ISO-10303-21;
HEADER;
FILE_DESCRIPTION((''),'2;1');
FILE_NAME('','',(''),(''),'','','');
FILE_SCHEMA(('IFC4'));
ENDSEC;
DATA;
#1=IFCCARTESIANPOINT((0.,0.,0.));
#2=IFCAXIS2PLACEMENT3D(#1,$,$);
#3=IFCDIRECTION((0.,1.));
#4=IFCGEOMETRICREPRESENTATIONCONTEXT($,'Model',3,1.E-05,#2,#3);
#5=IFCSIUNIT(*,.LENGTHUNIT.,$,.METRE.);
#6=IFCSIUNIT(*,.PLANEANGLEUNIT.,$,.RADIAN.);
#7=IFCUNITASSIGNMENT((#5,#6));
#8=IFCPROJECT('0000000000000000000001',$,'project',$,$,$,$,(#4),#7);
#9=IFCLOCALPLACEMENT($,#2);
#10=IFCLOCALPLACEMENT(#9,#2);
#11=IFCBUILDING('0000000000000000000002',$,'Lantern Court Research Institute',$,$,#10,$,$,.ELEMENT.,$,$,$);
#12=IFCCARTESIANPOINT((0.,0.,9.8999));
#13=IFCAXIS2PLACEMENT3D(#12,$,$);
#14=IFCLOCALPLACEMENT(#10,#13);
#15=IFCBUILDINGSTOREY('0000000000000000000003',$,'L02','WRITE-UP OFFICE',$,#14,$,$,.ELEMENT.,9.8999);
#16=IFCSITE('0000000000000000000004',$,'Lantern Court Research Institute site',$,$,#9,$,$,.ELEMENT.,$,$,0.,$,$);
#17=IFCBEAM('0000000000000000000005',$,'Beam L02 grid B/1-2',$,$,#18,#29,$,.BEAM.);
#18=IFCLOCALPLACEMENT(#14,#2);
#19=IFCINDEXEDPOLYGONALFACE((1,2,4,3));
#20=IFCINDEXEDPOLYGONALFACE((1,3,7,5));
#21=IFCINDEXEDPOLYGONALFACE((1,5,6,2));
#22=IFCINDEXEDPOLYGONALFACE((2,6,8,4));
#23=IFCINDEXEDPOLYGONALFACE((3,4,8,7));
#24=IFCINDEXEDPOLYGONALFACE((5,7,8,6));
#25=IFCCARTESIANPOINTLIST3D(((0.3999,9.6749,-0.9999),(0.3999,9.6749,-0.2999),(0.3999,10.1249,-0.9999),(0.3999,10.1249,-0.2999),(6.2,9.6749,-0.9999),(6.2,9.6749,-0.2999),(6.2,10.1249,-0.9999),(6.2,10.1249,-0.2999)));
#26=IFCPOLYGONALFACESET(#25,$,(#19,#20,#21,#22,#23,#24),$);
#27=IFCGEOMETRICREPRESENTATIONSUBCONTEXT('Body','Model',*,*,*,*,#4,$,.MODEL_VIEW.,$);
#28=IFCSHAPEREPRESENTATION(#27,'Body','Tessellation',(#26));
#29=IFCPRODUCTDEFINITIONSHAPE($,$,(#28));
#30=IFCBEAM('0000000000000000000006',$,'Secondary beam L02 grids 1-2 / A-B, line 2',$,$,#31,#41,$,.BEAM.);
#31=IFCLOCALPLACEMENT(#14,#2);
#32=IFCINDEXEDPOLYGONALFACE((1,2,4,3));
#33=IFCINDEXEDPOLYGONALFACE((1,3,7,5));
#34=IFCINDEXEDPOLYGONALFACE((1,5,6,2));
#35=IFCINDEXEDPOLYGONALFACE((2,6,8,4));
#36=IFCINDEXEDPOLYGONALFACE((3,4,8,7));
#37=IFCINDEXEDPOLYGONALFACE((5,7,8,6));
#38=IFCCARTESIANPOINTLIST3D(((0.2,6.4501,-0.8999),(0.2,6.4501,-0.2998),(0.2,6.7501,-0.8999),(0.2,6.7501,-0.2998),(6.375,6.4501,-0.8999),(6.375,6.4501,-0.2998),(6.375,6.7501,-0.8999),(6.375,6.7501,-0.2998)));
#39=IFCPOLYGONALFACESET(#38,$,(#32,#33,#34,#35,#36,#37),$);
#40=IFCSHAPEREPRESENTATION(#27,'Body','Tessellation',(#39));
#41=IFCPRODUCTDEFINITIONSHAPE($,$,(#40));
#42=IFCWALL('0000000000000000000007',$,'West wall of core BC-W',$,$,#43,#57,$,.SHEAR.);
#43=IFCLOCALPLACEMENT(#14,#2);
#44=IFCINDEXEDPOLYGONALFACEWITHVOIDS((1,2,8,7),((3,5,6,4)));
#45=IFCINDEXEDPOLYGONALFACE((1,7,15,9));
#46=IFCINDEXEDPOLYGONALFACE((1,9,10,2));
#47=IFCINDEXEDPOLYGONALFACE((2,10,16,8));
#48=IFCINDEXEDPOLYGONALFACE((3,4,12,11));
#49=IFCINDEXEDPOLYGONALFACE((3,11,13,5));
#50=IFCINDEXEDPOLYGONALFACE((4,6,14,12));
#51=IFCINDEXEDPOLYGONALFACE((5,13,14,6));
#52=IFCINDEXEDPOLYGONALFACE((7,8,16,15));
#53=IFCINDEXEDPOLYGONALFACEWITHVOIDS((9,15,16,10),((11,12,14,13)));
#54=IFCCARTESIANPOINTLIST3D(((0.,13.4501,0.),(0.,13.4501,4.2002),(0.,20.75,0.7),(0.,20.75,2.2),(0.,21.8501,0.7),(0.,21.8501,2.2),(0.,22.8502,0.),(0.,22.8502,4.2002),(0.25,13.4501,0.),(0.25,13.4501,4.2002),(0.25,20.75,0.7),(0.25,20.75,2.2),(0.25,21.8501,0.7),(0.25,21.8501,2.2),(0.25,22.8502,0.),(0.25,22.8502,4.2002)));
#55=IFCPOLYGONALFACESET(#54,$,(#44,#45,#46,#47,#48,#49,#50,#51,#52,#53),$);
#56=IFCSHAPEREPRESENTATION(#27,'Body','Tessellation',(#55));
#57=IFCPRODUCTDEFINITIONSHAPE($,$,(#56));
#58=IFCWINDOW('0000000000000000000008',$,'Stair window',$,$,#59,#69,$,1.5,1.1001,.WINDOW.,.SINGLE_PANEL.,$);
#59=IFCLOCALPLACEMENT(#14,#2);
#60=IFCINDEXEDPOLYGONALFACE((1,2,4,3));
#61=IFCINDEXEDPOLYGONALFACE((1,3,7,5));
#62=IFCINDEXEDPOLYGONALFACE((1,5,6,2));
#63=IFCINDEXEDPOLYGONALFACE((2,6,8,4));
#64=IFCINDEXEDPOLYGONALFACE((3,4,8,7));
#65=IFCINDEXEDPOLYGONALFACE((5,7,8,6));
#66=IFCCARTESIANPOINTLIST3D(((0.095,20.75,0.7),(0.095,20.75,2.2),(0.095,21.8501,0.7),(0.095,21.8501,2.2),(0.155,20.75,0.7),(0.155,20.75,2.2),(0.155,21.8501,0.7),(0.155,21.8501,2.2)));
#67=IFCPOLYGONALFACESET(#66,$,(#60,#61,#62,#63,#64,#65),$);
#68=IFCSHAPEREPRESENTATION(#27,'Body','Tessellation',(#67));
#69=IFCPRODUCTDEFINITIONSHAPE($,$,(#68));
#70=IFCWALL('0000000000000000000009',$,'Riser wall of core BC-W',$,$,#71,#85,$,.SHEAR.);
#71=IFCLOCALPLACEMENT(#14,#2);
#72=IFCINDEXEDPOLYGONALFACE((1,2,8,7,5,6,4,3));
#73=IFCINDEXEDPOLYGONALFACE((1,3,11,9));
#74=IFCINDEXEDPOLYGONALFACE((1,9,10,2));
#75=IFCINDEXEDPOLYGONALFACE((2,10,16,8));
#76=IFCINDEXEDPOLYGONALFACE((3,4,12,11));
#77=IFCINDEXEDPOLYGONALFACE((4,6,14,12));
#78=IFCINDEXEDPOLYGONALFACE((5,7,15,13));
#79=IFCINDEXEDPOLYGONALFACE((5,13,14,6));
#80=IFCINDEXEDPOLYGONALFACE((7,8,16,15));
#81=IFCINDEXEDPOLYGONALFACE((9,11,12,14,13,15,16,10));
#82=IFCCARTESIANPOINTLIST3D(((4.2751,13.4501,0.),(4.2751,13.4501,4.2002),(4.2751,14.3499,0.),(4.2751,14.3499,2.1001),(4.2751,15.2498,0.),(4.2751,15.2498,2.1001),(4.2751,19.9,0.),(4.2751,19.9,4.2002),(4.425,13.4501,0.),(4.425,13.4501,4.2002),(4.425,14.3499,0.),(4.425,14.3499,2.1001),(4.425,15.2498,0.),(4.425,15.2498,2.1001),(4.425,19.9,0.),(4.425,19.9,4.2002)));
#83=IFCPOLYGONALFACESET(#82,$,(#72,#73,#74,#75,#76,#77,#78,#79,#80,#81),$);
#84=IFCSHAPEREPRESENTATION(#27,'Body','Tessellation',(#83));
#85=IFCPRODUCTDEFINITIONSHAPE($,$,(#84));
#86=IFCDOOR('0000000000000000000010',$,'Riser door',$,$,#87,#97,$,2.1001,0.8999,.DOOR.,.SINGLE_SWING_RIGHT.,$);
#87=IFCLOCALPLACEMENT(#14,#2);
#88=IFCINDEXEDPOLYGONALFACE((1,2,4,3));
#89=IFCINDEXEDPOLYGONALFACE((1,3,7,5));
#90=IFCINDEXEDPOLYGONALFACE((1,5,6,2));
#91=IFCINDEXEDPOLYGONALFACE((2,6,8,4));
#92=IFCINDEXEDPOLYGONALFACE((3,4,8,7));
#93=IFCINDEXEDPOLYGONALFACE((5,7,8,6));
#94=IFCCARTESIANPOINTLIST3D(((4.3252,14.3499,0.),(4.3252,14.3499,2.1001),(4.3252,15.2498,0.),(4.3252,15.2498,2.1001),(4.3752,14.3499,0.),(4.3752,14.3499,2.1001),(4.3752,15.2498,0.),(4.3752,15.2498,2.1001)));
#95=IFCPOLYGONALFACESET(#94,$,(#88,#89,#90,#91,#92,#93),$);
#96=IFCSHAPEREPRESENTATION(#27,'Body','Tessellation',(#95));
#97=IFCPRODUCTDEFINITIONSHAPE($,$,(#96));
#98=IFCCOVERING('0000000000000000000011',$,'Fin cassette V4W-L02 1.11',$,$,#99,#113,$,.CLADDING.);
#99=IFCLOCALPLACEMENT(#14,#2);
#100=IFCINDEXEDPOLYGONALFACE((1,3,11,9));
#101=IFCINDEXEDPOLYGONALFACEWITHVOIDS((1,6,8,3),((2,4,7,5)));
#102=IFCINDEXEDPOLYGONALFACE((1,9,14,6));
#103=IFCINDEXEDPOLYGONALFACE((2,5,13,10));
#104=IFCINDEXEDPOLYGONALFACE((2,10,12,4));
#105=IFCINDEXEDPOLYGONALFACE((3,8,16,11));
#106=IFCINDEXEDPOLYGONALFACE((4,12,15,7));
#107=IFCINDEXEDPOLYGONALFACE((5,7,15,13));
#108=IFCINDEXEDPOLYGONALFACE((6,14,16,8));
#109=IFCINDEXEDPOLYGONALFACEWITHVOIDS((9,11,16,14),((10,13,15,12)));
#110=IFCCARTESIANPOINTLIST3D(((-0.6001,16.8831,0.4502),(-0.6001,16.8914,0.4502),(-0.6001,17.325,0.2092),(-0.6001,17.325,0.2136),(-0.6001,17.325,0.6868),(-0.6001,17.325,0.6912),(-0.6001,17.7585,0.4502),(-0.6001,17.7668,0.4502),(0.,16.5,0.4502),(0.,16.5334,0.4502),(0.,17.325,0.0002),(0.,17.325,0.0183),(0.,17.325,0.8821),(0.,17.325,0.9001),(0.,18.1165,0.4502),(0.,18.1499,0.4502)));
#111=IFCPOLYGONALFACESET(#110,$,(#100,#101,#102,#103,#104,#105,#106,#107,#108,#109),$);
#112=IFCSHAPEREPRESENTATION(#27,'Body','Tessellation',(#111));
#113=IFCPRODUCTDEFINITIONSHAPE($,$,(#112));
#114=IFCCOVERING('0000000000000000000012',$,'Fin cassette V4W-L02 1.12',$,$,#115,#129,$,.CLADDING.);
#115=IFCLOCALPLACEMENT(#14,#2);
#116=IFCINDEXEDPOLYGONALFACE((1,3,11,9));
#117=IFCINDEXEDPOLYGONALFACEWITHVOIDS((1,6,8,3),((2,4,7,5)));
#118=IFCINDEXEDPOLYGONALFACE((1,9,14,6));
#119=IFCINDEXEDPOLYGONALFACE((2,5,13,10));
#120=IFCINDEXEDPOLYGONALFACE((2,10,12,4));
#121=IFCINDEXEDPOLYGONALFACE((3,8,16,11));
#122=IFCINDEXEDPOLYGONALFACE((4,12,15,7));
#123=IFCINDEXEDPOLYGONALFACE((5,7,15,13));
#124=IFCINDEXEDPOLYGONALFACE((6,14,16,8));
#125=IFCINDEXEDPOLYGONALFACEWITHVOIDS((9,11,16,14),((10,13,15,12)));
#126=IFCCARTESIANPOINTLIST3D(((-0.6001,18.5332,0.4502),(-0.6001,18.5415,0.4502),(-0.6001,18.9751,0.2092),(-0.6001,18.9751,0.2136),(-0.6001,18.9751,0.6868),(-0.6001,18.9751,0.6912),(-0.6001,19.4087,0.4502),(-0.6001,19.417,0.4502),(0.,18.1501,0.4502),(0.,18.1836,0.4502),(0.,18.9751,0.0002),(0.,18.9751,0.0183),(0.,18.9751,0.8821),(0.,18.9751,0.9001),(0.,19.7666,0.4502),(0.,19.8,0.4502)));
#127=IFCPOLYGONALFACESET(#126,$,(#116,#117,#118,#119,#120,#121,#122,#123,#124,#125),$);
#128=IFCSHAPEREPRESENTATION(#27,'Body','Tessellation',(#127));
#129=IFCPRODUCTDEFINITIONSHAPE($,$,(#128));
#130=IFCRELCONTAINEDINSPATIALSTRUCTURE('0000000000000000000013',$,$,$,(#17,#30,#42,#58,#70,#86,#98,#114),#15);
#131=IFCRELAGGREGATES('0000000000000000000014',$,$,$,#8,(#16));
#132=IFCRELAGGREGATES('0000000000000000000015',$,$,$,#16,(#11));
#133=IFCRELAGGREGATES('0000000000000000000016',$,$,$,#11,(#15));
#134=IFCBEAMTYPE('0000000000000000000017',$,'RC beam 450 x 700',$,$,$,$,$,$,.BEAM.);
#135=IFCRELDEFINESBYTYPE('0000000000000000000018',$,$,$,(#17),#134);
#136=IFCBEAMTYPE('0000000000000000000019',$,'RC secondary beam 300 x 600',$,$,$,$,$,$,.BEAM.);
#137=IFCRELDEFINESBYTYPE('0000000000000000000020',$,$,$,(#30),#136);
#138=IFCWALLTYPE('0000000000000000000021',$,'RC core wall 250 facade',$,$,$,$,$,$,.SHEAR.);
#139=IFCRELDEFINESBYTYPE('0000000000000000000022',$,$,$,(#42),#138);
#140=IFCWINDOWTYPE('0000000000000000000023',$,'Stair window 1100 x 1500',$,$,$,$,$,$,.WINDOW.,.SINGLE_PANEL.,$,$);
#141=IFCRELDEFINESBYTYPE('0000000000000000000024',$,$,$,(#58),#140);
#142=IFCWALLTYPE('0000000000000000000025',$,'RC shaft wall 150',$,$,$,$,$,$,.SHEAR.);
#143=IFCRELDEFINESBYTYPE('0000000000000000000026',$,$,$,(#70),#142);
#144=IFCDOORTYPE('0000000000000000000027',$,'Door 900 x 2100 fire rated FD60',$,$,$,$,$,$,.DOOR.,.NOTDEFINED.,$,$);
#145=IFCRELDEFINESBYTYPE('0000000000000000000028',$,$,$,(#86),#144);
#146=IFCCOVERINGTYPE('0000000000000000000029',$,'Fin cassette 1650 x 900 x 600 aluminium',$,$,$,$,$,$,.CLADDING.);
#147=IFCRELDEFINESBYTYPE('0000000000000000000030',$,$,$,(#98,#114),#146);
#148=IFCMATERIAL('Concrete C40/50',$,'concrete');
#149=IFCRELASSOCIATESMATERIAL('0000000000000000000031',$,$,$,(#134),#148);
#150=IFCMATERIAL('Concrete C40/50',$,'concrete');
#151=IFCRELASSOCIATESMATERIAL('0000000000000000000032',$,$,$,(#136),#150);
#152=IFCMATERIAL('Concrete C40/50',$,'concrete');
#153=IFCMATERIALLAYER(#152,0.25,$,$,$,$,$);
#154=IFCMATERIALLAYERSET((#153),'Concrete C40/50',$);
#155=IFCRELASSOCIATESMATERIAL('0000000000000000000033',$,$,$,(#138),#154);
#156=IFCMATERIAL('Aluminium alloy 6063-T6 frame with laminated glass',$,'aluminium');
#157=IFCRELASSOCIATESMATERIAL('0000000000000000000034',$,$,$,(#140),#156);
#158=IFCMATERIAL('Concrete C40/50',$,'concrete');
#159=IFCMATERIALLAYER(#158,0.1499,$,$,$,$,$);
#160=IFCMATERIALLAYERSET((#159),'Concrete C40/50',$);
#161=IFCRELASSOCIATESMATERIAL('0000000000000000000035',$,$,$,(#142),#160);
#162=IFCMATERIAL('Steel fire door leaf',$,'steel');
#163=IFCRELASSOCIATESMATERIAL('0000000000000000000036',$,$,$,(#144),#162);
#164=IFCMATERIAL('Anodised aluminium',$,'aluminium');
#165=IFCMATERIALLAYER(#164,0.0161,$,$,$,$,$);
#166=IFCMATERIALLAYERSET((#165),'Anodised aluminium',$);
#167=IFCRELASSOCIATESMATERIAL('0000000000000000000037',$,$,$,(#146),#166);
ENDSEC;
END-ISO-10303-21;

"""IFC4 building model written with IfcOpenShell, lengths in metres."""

from ifc_helpers import new_model, entity, si_unit, direction, frame, frame_2d, origin, origin_2d, place, context, subcontext, project, spatial, rectangle, extrude, material, layer, layer_set, material_profile, profile_set, type_object, element, fill, save


model = new_model("IFC4")

# Units and contexts
model_context = context("Model", 3, precision=1e-05, world=origin(), true_north=direction((0.0, 1.0)))
body_context = subcontext(model_context, "Body", "Model", "MODEL_VIEW")
ifc_project = project(units=[si_unit("LENGTHUNIT", "METRE"), si_unit("PLANEANGLEUNIT", "RADIAN")], contexts=[model_context])

# Site, building, storey
site_placement = place(None, origin())
site = spatial("IfcSite", under=ifc_project, at=site_placement, Name="Lantern Court Research Institute site", CompositionType="ELEMENT", RefElevation=0.0)
building_placement = place(site_placement, origin())
building = spatial("IfcBuilding", under=site, at=building_placement, Name="Lantern Court Research Institute", CompositionType="ELEMENT")
storey_placement = place(building_placement, frame((0.0, 0.0, 9.8999)))
storey = spatial("IfcBuildingStorey", under=building, at=storey_placement, Name="L02", Description="WRITE-UP OFFICE", CompositionType="ELEMENT", Elevation=9.8999)

# Beams
ifc_material_1 = material(Name="Concrete C40/50", Category="concrete")
ifc_material_profile_1 = material_profile(ifc_material_1, rectangle(XDim=0.45, YDim=0.7, at=origin_2d()), Name="RC beam 450 x 700")
ifc_profile_set_1 = profile_set([ifc_material_profile_1], Name="Concrete C40/50")
beam_type_1 = type_object("IfcBeamType", Name="RC beam 450 x 700", PredefinedType="BEAM", material=ifc_profile_set_1)
beam_1_placement = place(storey_placement, frame((0.3999, 9.8999, -0.6499), z_axis=(1.0, 0.0, 0.0), x_axis=(0.0, 1.0, 0.0)))
element("IfcBeam", 1, at=beam_1_placement, inside=storey, type_object=beam_type_1, Name="Beam L02 grid B/1-2", PredefinedType="BEAM", context=body_context, shape_type="SweptSolid", body=[
    extrude(rectangle(XDim=0.45, YDim=0.7, at=origin_2d()), origin(), (0.0, 0.0, 1.0), 5.8),
])
ifc_material_2 = material(Name="Concrete C40/50", Category="concrete")
ifc_material_profile_2 = material_profile(ifc_material_2, rectangle(XDim=0.3, YDim=0.6001, at=origin_2d()), Name="RC beam 300 x 600")
ifc_profile_set_2 = profile_set([ifc_material_profile_2], Name="Concrete C40/50")
beam_type_2 = type_object("IfcBeamType", Name="RC secondary beam 300 x 600", PredefinedType="BEAM", material=ifc_profile_set_2)
beam_2_placement = place(storey_placement, frame((0.2, 6.6001, -0.5999), z_axis=(1.0, 0.0, 0.0), x_axis=(0.0, 1.0, 0.0)))
element("IfcBeam", 2, at=beam_2_placement, inside=storey, type_object=beam_type_2, Name="Secondary beam L02 grids 1-2 / A-B, line 2", PredefinedType="BEAM", context=body_context, shape_type="SweptSolid", body=[
    extrude(rectangle(XDim=0.3, YDim=0.6001, at=origin_2d()), origin(), (0.0, 0.0, 1.0), 6.175),
])

# Wall, opening, window
ifc_material_3 = material(Name="Concrete C40/50", Category="concrete")
ifc_layer_1 = layer(ifc_material_3, 0.25)
ifc_layer_set_1 = layer_set([ifc_layer_1], Name="Concrete C40/50")
wall_type_1 = type_object("IfcWallType", Name="RC core wall 250 facade", PredefinedType="SHEAR", material=ifc_layer_set_1)
wall_1_placement = place(storey_placement, frame((0.125, 13.45, 0.0), z_axis=(0.0, 0.0, 1.0), x_axis=(0.0, 1.0, 0.0)))
wall_1 = element("IfcWall", 3, at=wall_1_placement, inside=storey, type_object=wall_type_1, Name="West wall of core BC-W", PredefinedType="SHEAR", context=body_context, shape_type="SweptSolid", body=[
    extrude(rectangle(XDim=9.4001, YDim=0.25, at=frame_2d((4.7002, 0.0))), origin(), (0.0, 0.0, 1.0), 4.2002),
])
opening_1_placement = place(wall_1_placement, frame((7.3, 0.0, 0.7)))
opening_1 = element("IfcOpeningElement", 4, at=opening_1_placement, cuts=wall_1, PredefinedType="OPENING", context=body_context, shape_type="SweptSolid", body=[
    extrude(rectangle(XDim=1.1001, YDim=1.5, at=frame_2d((0.55, 0.75))), frame((0.0, 0.135, 0.0), z_axis=(0.0, -1.0, 0.0), x_axis=(1.0, 0.0, 0.0)), (0.0, 0.0, 1.0), 0.27),
])
ifc_material_4 = material(Name="Aluminium alloy 6063-T6 frame with laminated glass", Category="aluminium")
window_type = type_object("IfcWindowType", Name="Stair window 1100 x 1500", PartitioningType="SINGLE_PANEL", PredefinedType="WINDOW", material=ifc_material_4)
window_placement = place(opening_1_placement, origin())
window = element("IfcWindow", 5, at=window_placement, inside=storey, type_object=window_type, Name="Stair window", OverallHeight=1.5, OverallWidth=1.1001, PartitioningType="SINGLE_PANEL", PredefinedType="WINDOW", context=body_context, shape_type="SweptSolid", body=[
    extrude(rectangle(XDim=1.1001, YDim=1.5, at=frame_2d((0.55, 0.75))), frame((0.0, 0.03, 0.0), z_axis=(0.0, -1.0, 0.0), x_axis=(1.0, 0.0, 0.0)), (0.0, 0.0, 1.0), 0.0601),
])
fill(opening_1, window)

# Wall, opening, door
ifc_material_5 = material(Name="Concrete C40/50", Category="concrete")
ifc_layer_2 = layer(ifc_material_5, 0.1499)
ifc_layer_set_2 = layer_set([ifc_layer_2], Name="Concrete C40/50")
wall_type_2 = type_object("IfcWallType", Name="RC shaft wall 150", PredefinedType="SHEAR", material=ifc_layer_set_2)
wall_2_placement = place(storey_placement, frame((4.3501, 13.45, 0.0), z_axis=(0.0, 0.0, 1.0), x_axis=(0.0, 1.0, 0.0)))
wall_2 = element("IfcWall", 6, at=wall_2_placement, inside=storey, type_object=wall_type_2, Name="Riser wall of core BC-W", PredefinedType="SHEAR", context=body_context, shape_type="SweptSolid", body=[
    extrude(rectangle(XDim=6.45, YDim=0.1499, at=frame_2d((3.2251, 0.0))), origin(), (0.0, 0.0, 1.0), 4.2002),
])
opening_2_placement = place(wall_2_placement, frame((0.8999, 0.0, 0.0)))
opening_2 = element("IfcOpeningElement", 7, at=opening_2_placement, cuts=wall_2, PredefinedType="OPENING", context=body_context, shape_type="SweptSolid", body=[
    extrude(rectangle(XDim=0.8999, YDim=2.1001, at=frame_2d((0.45, 1.05))), frame((0.0, 0.085, 0.0), z_axis=(0.0, -1.0, 0.0), x_axis=(1.0, 0.0, 0.0)), (0.0, 0.0, 1.0), 0.1699),
])
ifc_material_6 = material(Name="Steel fire door leaf", Category="steel")
door_type_1 = type_object("IfcDoorType", Name="Door 900 x 2100 fire rated FD60", OperationType="NOTDEFINED", PredefinedType="DOOR", material=ifc_material_6)
door_1_placement = place(opening_2_placement, origin())
door_1 = element("IfcDoor", 8, at=door_1_placement, inside=storey, type_object=door_type_1, Name="Riser door", OperationType="SINGLE_SWING_RIGHT", OverallHeight=2.1001, OverallWidth=0.8999, PredefinedType="DOOR", context=body_context, shape_type="SweptSolid", body=[
    extrude(rectangle(XDim=0.8999, YDim=2.1001, at=frame_2d((0.45, 1.05))), frame((0.0, 0.0249, 0.0), z_axis=(0.0, -1.0, 0.0), x_axis=(1.0, 0.0, 0.0)), (0.0, 0.0, 1.0), 0.05),
])
fill(opening_2, door_1)

# Coverings
ifc_material_7 = material(Name="Anodised aluminium", Category="aluminium")
ifc_layer_3 = layer(ifc_material_7, 0.0161)
ifc_layer_set_3 = layer_set([ifc_layer_3], Name="Anodised aluminium")
covering_type = type_object("IfcCoveringType", Name="Fin cassette 1650 x 900 x 600 aluminium", PredefinedType="CLADDING", material=ifc_layer_set_3)
covering_1_placement = place(storey_placement, frame((0.0, 17.325, 0.4502), z_axis=(-1.0, 0.0, 0.0), x_axis=(0.0, -1.0, 0.0)))
cartesian_point_1 = entity("IfcCartesianPoint", [0.825, 0.0])
cartesian_point_2 = entity("IfcCartesianPoint", [0.7915, 0.0])
cartesian_point_3 = entity("IfcCartesianPoint", [0.4419, 0.0])
cartesian_point_4 = entity("IfcCartesianPoint", [0.4336, 0.0])
element("IfcCovering", 9, at=covering_1_placement, inside=storey, type_object=covering_type, Name="Fin cassette V4W-L02 1.11", PredefinedType="CLADDING", context=body_context, shape_type="SweptSolid", body=[
    entity("IfcExtrudedAreaSolidTapered", entity("IfcArbitraryProfileDefWithVoids", "AREA", None, entity("IfcPolyline", [cartesian_point_1, entity("IfcCartesianPoint", [0.0, 0.45]), entity("IfcCartesianPoint", [-0.825, 0.0]), entity("IfcCartesianPoint", [0.0, -0.45]), cartesian_point_1]), [entity("IfcPolyline", [cartesian_point_2, entity("IfcCartesianPoint", [0.0, 0.4319]), entity("IfcCartesianPoint", [-0.7915, 0.0]), entity("IfcCartesianPoint", [0.0, -0.4319]), cartesian_point_2])]), entity("IfcAxis2Placement3D", entity("IfcCartesianPoint", [0.0, 0.0, 0.0])), entity("IfcDirection", [0.0, 0.0, 1.0]), 0.6001, entity("IfcArbitraryProfileDefWithVoids", "AREA", None, entity("IfcPolyline", [cartesian_point_3, entity("IfcCartesianPoint", [0.0, 0.241]), entity("IfcCartesianPoint", [-0.4419, 0.0]), entity("IfcCartesianPoint", [0.0, -0.241]), cartesian_point_3]), [entity("IfcPolyline", [cartesian_point_4, entity("IfcCartesianPoint", [0.0, 0.2366]), entity("IfcCartesianPoint", [-0.4336, 0.0]), entity("IfcCartesianPoint", [0.0, -0.2366]), cartesian_point_4])])),
])
covering_2_placement = place(storey_placement, frame((0.0, 18.9751, 0.4502), z_axis=(-1.0, 0.0, 0.0), x_axis=(0.0, -1.0, 0.0)))
cartesian_point_5 = entity("IfcCartesianPoint", [0.825, 0.0])
cartesian_point_6 = entity("IfcCartesianPoint", [0.7915, 0.0])
cartesian_point_7 = entity("IfcCartesianPoint", [0.4419, 0.0])
cartesian_point_8 = entity("IfcCartesianPoint", [0.4336, 0.0])
element("IfcCovering", 10, at=covering_2_placement, inside=storey, type_object=covering_type, Name="Fin cassette V4W-L02 1.12", PredefinedType="CLADDING", context=body_context, shape_type="SweptSolid", body=[
    entity("IfcExtrudedAreaSolidTapered", entity("IfcArbitraryProfileDefWithVoids", "AREA", None, entity("IfcPolyline", [cartesian_point_5, entity("IfcCartesianPoint", [0.0, 0.45]), entity("IfcCartesianPoint", [-0.825, 0.0]), entity("IfcCartesianPoint", [0.0, -0.45]), cartesian_point_5]), [entity("IfcPolyline", [cartesian_point_6, entity("IfcCartesianPoint", [0.0, 0.4319]), entity("IfcCartesianPoint", [-0.7915, 0.0]), entity("IfcCartesianPoint", [0.0, -0.4319]), cartesian_point_6])]), entity("IfcAxis2Placement3D", entity("IfcCartesianPoint", [0.0, 0.0, 0.0])), entity("IfcDirection", [0.0, 0.0, 1.0]), 0.6001, entity("IfcArbitraryProfileDefWithVoids", "AREA", None, entity("IfcPolyline", [cartesian_point_7, entity("IfcCartesianPoint", [0.0, 0.241]), entity("IfcCartesianPoint", [-0.4419, 0.0]), entity("IfcCartesianPoint", [0.0, -0.241]), cartesian_point_7]), [entity("IfcPolyline", [cartesian_point_8, entity("IfcCartesianPoint", [0.0, 0.2366]), entity("IfcCartesianPoint", [-0.4336, 0.0]), entity("IfcCartesianPoint", [0.0, -0.2366]), cartesian_point_8])])),
])

save(model, "model.ifc")
